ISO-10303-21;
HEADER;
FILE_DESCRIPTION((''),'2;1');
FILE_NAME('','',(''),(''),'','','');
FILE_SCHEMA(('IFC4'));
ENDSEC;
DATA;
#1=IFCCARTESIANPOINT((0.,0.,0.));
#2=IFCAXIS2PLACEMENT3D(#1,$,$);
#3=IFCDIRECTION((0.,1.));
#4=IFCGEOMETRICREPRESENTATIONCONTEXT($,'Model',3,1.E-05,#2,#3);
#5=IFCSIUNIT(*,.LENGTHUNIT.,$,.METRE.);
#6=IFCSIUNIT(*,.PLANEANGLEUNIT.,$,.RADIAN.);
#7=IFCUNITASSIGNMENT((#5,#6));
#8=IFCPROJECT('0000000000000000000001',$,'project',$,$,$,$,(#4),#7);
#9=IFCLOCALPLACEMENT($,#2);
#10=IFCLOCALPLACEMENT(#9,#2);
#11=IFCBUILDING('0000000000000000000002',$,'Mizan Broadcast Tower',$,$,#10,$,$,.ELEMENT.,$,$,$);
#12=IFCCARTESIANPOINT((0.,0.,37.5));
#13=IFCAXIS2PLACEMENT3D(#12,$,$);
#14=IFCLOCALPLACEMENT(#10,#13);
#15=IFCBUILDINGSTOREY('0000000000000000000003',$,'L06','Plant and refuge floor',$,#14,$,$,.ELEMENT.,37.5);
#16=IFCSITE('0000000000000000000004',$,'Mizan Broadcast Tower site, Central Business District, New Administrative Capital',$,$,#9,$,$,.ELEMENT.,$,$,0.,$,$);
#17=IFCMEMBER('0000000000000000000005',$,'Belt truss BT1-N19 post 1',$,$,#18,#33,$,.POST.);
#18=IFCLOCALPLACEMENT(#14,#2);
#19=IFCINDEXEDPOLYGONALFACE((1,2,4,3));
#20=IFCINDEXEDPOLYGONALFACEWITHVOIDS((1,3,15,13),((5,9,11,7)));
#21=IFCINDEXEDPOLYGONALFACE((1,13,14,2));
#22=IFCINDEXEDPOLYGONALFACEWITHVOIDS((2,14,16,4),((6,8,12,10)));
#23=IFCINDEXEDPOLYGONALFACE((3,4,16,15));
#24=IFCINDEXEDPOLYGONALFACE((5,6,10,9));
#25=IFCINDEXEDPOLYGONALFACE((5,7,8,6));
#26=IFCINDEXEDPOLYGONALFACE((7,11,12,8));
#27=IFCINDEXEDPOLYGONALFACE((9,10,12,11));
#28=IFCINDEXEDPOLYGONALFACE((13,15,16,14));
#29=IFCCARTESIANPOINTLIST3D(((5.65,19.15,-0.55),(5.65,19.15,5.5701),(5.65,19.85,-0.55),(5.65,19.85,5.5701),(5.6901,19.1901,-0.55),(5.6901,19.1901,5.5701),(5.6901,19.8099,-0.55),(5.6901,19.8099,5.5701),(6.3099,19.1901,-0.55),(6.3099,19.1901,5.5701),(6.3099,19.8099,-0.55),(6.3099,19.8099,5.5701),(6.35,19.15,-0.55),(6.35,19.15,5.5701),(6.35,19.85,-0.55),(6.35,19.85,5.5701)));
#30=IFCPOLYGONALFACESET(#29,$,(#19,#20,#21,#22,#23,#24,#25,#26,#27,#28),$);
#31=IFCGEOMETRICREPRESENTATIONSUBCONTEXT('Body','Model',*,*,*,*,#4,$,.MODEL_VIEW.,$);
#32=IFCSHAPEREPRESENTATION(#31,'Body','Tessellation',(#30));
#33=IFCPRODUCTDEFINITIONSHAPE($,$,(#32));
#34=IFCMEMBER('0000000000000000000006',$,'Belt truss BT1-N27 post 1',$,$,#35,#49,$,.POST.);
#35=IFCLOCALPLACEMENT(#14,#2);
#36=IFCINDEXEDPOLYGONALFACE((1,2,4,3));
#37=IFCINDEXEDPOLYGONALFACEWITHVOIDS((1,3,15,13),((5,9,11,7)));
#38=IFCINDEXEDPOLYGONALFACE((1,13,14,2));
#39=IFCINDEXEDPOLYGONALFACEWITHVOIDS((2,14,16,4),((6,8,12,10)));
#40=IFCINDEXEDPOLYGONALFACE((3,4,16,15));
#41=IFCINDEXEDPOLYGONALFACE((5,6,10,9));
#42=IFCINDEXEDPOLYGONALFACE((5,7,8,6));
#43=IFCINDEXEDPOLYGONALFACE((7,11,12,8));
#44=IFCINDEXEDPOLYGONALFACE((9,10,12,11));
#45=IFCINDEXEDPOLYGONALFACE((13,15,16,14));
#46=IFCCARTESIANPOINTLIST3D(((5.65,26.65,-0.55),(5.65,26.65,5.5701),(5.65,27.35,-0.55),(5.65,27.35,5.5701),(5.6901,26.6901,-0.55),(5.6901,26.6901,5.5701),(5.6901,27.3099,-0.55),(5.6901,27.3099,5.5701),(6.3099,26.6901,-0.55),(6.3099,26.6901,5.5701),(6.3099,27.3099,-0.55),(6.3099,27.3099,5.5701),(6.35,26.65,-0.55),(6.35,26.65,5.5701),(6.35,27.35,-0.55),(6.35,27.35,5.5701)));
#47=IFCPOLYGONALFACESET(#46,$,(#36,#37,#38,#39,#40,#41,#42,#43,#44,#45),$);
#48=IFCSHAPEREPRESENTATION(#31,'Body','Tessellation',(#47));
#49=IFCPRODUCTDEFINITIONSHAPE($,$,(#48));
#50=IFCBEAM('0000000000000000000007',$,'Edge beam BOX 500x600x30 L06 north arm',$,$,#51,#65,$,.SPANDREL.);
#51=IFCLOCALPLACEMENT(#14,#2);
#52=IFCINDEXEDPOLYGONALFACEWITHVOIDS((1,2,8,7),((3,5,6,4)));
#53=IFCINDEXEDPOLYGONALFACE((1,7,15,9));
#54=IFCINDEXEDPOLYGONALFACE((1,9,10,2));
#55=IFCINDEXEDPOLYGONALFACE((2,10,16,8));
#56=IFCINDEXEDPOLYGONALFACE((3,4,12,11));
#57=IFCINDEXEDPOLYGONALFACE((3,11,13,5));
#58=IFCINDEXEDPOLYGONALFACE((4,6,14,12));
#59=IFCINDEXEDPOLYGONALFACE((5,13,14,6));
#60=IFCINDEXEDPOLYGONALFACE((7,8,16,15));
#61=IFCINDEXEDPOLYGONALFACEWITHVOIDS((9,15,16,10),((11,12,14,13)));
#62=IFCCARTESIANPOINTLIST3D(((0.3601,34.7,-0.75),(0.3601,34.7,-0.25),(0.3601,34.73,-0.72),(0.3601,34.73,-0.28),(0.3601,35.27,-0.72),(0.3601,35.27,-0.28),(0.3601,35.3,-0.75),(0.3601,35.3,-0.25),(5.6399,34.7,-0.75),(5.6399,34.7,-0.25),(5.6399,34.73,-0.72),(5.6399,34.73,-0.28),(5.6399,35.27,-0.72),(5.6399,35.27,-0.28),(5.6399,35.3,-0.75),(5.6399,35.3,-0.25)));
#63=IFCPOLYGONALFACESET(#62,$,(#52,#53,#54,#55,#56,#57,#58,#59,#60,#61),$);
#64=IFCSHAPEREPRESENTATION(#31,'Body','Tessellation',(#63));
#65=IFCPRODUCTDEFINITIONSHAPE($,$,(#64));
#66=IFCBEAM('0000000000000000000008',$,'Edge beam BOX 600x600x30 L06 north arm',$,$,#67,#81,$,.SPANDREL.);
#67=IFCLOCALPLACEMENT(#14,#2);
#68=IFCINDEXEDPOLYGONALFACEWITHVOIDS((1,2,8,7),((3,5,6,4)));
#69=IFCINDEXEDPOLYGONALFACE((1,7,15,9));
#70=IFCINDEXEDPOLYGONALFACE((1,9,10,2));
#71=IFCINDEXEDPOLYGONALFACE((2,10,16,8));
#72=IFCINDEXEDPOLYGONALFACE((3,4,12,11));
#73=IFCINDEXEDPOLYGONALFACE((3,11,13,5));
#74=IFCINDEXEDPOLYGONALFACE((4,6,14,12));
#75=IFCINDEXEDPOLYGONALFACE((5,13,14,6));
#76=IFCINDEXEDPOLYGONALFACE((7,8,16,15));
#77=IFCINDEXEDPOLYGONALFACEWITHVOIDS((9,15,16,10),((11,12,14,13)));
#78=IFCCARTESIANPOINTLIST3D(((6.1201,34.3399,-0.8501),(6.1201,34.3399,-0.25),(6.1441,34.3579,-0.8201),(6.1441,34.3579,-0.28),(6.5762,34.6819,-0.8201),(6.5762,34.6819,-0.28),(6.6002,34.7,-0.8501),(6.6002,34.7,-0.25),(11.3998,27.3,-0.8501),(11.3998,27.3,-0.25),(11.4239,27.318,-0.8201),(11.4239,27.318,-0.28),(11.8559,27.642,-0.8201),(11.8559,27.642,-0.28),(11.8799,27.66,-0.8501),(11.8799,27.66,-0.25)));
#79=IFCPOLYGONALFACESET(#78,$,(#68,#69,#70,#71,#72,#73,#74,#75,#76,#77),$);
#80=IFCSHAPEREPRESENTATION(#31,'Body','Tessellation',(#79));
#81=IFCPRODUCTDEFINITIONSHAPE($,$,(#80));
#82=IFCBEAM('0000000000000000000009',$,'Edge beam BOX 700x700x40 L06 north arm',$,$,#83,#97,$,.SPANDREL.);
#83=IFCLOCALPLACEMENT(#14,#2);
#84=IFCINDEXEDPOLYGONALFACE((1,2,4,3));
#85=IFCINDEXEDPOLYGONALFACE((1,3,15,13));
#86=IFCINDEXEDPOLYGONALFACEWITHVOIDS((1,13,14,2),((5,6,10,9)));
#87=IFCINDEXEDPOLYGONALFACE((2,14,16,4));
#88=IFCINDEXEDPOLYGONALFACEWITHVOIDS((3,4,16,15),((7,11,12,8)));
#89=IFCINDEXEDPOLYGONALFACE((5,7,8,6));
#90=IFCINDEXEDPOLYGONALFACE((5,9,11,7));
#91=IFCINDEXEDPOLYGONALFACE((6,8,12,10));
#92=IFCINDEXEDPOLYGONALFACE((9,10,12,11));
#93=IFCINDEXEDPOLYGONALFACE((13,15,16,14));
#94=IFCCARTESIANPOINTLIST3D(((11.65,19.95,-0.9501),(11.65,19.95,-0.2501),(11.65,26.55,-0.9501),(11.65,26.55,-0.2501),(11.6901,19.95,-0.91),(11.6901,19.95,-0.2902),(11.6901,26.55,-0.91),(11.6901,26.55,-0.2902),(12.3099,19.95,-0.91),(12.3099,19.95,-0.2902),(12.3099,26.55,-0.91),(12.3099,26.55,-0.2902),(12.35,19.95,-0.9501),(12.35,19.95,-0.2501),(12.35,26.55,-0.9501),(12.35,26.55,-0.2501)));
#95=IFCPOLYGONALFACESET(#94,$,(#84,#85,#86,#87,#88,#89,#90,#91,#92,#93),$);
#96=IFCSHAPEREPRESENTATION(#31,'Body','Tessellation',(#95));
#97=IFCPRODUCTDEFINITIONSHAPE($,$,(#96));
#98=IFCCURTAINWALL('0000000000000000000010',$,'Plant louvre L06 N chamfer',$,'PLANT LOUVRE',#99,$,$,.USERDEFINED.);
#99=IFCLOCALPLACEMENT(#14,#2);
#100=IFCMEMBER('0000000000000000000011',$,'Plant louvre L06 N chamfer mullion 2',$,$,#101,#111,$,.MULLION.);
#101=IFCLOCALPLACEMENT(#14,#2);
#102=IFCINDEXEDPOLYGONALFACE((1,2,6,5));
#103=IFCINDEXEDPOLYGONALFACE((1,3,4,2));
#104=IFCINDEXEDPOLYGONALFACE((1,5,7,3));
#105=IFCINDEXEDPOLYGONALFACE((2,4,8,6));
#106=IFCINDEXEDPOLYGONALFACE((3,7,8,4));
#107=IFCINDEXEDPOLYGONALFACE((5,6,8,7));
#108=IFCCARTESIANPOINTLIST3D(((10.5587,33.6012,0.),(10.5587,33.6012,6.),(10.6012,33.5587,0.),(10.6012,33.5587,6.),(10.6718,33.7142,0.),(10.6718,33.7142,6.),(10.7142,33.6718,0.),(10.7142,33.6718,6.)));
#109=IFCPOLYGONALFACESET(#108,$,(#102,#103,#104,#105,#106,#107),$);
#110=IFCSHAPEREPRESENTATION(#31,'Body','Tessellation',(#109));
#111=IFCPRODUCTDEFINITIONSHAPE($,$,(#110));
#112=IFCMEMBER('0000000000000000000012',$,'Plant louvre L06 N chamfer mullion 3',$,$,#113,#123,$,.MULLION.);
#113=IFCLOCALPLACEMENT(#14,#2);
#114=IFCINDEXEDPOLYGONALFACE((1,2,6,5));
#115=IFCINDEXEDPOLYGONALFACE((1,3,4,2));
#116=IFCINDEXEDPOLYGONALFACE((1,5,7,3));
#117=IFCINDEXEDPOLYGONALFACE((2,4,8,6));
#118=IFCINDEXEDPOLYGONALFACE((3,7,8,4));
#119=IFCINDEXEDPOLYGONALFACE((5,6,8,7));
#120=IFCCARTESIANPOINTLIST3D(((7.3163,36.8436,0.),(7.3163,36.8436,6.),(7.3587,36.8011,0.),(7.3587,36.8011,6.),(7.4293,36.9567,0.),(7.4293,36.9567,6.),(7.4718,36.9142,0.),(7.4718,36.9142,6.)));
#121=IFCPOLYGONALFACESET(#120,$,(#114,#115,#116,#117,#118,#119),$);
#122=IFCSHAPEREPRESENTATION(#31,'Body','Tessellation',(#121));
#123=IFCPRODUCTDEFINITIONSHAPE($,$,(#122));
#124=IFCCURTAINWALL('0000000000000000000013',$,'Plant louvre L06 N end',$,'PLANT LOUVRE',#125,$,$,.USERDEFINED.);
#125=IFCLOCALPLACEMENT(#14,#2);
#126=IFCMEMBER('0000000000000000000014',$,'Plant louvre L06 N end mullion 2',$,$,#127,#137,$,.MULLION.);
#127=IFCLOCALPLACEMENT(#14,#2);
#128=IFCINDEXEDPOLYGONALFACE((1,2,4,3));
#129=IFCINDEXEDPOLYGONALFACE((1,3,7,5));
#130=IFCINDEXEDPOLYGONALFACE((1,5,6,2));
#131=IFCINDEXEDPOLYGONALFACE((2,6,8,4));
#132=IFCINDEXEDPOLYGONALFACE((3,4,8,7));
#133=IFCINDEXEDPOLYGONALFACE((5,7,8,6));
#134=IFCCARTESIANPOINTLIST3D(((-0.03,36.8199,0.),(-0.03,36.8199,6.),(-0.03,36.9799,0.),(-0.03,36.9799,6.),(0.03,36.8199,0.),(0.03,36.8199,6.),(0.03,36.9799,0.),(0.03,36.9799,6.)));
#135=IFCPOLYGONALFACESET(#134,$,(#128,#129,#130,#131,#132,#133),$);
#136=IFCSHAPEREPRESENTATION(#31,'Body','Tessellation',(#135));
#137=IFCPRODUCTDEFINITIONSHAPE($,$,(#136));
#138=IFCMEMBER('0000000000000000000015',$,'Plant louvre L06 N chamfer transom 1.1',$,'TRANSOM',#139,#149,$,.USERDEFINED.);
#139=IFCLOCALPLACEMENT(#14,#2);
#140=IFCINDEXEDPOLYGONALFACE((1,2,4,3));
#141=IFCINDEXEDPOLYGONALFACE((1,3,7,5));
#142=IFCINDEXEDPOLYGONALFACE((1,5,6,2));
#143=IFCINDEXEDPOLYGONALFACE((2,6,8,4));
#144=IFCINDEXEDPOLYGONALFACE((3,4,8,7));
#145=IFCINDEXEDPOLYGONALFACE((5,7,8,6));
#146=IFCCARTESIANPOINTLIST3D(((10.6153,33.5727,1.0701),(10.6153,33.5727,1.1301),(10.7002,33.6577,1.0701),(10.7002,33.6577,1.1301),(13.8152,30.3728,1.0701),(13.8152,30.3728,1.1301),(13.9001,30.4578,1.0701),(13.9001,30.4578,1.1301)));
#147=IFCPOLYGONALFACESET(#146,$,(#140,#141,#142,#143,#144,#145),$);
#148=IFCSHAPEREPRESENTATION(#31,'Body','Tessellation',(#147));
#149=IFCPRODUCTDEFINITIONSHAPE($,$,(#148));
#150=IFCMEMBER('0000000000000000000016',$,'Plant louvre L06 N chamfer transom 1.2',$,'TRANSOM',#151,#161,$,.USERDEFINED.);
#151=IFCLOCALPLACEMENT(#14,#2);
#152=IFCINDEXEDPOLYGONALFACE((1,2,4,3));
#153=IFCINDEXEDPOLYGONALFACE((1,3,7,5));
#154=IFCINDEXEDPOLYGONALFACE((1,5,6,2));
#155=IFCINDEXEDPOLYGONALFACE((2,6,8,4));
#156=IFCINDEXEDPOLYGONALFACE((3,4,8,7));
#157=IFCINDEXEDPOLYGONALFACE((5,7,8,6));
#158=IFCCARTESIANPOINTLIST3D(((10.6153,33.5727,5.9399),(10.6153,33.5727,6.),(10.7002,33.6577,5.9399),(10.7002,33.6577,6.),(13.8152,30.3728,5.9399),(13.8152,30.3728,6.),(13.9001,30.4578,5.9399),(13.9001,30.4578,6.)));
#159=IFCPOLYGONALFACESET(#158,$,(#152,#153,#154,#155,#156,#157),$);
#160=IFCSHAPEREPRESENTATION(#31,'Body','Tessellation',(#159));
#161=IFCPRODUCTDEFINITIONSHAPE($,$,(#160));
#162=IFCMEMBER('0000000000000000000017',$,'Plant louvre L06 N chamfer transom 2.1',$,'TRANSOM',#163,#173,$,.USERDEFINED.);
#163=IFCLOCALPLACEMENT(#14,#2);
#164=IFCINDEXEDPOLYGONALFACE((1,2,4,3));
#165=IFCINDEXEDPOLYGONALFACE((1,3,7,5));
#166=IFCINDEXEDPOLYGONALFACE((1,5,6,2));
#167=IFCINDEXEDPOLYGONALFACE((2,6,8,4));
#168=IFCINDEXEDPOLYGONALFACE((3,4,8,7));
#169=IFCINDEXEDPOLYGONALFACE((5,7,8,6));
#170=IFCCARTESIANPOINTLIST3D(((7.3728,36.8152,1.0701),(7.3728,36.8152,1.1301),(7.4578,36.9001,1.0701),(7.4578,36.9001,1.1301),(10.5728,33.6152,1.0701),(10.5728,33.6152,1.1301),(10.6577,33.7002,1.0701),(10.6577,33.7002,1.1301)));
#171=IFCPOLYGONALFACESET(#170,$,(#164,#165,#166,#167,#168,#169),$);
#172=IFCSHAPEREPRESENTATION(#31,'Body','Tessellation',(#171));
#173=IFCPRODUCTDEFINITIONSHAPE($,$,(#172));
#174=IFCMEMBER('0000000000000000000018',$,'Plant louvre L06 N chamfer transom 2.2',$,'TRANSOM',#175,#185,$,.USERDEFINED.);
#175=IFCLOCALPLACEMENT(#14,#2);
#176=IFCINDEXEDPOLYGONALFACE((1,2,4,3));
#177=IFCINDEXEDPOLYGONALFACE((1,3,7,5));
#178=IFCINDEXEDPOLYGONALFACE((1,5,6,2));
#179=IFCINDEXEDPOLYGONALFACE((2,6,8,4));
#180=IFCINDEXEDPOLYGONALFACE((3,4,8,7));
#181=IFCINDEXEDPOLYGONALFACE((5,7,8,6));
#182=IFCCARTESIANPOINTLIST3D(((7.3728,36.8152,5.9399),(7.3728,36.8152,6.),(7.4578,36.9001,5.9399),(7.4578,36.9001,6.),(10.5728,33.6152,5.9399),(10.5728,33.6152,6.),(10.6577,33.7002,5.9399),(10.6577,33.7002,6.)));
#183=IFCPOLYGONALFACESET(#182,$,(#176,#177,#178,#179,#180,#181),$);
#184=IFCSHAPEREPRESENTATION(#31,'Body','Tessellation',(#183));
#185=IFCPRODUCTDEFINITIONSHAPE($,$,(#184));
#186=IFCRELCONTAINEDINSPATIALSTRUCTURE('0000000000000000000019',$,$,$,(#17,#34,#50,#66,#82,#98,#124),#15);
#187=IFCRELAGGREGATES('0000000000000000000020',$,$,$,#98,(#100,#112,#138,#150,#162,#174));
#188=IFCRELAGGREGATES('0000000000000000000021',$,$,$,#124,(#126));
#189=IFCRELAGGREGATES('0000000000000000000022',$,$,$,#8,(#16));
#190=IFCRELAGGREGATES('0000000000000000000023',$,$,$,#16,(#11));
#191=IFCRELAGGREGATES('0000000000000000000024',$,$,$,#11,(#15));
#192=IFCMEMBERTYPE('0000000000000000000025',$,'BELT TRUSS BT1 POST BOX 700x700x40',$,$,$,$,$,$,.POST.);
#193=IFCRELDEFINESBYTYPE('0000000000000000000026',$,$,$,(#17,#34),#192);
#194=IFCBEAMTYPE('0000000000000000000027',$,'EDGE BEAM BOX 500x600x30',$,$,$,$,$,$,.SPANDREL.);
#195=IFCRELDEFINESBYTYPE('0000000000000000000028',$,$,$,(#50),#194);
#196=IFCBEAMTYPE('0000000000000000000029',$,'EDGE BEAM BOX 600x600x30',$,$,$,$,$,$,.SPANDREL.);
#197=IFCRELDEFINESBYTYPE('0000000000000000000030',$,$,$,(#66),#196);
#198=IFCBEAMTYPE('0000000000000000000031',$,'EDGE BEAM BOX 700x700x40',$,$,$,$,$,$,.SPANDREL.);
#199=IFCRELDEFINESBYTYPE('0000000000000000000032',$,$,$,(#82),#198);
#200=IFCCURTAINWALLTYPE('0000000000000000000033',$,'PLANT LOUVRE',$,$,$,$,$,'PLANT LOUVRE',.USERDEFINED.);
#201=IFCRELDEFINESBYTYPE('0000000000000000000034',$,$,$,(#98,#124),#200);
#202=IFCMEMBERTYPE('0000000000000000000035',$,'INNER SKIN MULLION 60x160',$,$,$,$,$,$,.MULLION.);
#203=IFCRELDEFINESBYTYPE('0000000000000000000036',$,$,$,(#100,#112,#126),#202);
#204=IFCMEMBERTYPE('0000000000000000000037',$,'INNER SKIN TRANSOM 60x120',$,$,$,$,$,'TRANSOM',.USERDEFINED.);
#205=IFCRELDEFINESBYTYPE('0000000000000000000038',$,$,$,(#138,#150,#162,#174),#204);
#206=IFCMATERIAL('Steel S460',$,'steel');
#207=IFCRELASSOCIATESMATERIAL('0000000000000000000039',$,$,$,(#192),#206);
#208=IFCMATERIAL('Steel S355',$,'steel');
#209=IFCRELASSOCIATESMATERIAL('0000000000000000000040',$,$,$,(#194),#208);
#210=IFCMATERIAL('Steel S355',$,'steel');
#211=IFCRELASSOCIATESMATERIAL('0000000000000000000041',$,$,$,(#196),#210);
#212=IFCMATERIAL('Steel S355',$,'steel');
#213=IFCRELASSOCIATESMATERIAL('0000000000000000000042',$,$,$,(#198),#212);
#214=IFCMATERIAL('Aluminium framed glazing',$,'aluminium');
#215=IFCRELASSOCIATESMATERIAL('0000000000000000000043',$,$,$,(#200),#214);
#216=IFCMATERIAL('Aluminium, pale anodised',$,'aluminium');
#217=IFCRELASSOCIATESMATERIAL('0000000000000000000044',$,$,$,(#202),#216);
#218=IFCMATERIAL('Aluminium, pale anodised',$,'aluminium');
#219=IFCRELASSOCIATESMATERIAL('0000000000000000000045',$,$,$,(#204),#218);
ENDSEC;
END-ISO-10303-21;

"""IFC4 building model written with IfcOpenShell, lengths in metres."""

from ifc_helpers import new_model, si_unit, direction, frame, origin, origin_2d, place, context, subcontext, project, spatial, rectangle, hollow_rectangle, extrude, material, material_profile, profile_set, type_object, element, aggregate, save


model = new_model("IFC4")

# Units and contexts
model_context = context("Model", 3, precision=1e-05, world=origin(), true_north=direction((0.0, 1.0)))
body_context = subcontext(model_context, "Body", "Model", "MODEL_VIEW")
ifc_project = project(units=[si_unit("LENGTHUNIT", "METRE"), si_unit("PLANEANGLEUNIT", "RADIAN")], contexts=[model_context])

# Site, building, storey
site_placement = place(None, origin())
site = spatial("IfcSite", under=ifc_project, at=site_placement, Name="Mizan Broadcast Tower site, Central Business District, New Administrative Capital", CompositionType="ELEMENT", RefElevation=0.0)
building_placement = place(site_placement, origin())
building = spatial("IfcBuilding", under=site, at=building_placement, Name="Mizan Broadcast Tower", CompositionType="ELEMENT")
storey_placement = place(building_placement, frame((0.0, 0.0, 37.5)))
storey = spatial("IfcBuildingStorey", under=building, at=storey_placement, Name="L06", Description="Plant and refuge floor", CompositionType="ELEMENT", Elevation=37.5)

# Members
ifc_material_1 = material(Name="Steel S460", Category="steel")
ifc_material_profile_1 = material_profile(ifc_material_1, hollow_rectangle(XDim=0.7, YDim=0.7, WallThickness=0.04, at=origin_2d()), Name="BOX 700x700x40")
ifc_profile_set_1 = profile_set([ifc_material_profile_1], Name="Steel S460")
member_type_1 = type_object("IfcMemberType", Name="BELT TRUSS BT1 POST BOX 700x700x40", PredefinedType="POST", material=ifc_profile_set_1)
for number, where, z_axis, x_axis, name in (
    (1, (6.0, 19.5, -0.55), (0.0, 0.0, 1.0), (1.0, 0.0, 0.0), "Belt truss BT1-N19 post 1"),
    (2, (6.0, 27.0, -0.55), (0.0, 0.0, 1.0), (1.0, 0.0, 0.0), "Belt truss BT1-N27 post 1"),
):
    element("IfcMember", number, at=place(storey_placement, frame(where, z_axis=z_axis, x_axis=x_axis)), inside=storey, type_object=member_type_1, Name=name, PredefinedType="POST", context=body_context, shape_type="SweptSolid", body=[
        extrude(hollow_rectangle(XDim=0.7, YDim=0.7, WallThickness=0.04, at=origin_2d()), origin(), (0.0, 0.0, 1.0), 6.1201),
    ])

# Beams
ifc_material_2 = material(Name="Steel S355", Category="steel")
ifc_material_profile_2 = material_profile(ifc_material_2, hollow_rectangle(XDim=0.6001, YDim=0.5, WallThickness=0.03, at=origin_2d()), Name="BOX 500x600x30")
ifc_profile_set_2 = profile_set([ifc_material_profile_2], Name="Steel S355")
beam_type_1 = type_object("IfcBeamType", Name="EDGE BEAM BOX 500x600x30", PredefinedType="SPANDREL", material=ifc_profile_set_2)
beam_1_placement = place(storey_placement, frame((5.6399, 35.0, -0.5), z_axis=(-1.0, 0.0, 0.0), x_axis=(0.0, -1.0, 0.0)))
element("IfcBeam", 3, at=beam_1_placement, inside=storey, type_object=beam_type_1, Name="Edge beam BOX 500x600x30 L06 north arm", PredefinedType="SPANDREL", context=body_context, shape_type="SweptSolid", body=[
    extrude(hollow_rectangle(XDim=0.6001, YDim=0.5, WallThickness=0.03, at=origin_2d()), origin(), (0.0, 0.0, 1.0), 5.2798),
])
ifc_material_3 = material(Name="Steel S355", Category="steel")
ifc_material_profile_3 = material_profile(ifc_material_3, hollow_rectangle(XDim=0.6001, YDim=0.6001, WallThickness=0.03, at=origin_2d()), Name="BOX 600x600x30")
ifc_profile_set_3 = profile_set([ifc_material_profile_3], Name="Steel S355")
beam_type_2 = type_object("IfcBeamType", Name="EDGE BEAM BOX 600x600x30", PredefinedType="SPANDREL", material=ifc_profile_set_3)
beam_2_placement = place(storey_placement, frame((11.6399, 27.48, -0.55), z_axis=(-0.599982, 0.800013, 0.0), x_axis=(-0.800013, -0.599982, 0.0)))
element("IfcBeam", 4, at=beam_2_placement, inside=storey, type_object=beam_type_2, Name="Edge beam BOX 600x600x30 L06 north arm", PredefinedType="SPANDREL", context=body_context, shape_type="SweptSolid", body=[
    extrude(hollow_rectangle(XDim=0.6001, YDim=0.6001, WallThickness=0.03, at=origin_2d()), origin(), (0.0, 0.0, 1.0), 8.7998),
])
ifc_material_4 = material(Name="Steel S355", Category="steel")
ifc_material_profile_4 = material_profile(ifc_material_4, hollow_rectangle(XDim=0.7, YDim=0.7, WallThickness=0.04, at=origin_2d()), Name="BOX 700x700x40")
ifc_profile_set_4 = profile_set([ifc_material_profile_4], Name="Steel S355")
beam_type_3 = type_object("IfcBeamType", Name="EDGE BEAM BOX 700x700x40", PredefinedType="SPANDREL", material=ifc_profile_set_4)
beam_3_placement = place(storey_placement, frame((12.0, 19.95, -0.6001), z_axis=(0.0, 1.0, 0.0), x_axis=(-1.0, 0.0, 0.0)))
element("IfcBeam", 5, at=beam_3_placement, inside=storey, type_object=beam_type_3, Name="Edge beam BOX 700x700x40 L06 north arm", PredefinedType="SPANDREL", context=body_context, shape_type="SweptSolid", body=[
    extrude(hollow_rectangle(XDim=0.7, YDim=0.7, WallThickness=0.04, at=origin_2d()), origin(), (0.0, 0.0, 1.0), 6.6001),
])

# Curtain wall, members
ifc_material_5 = material(Name="Aluminium framed glazing", Category="aluminium")
curtain_wall_type = type_object("IfcCurtainWallType", Name="PLANT LOUVRE", ElementType="PLANT LOUVRE", PredefinedType="USERDEFINED", material=ifc_material_5)
curtain_wall_1_placement = place(storey_placement, origin())
curtain_wall_1 = element("IfcCurtainWall", 6, at=curtain_wall_1_placement, inside=storey, type_object=curtain_wall_type, Name="Plant louvre L06 N chamfer", ObjectType="PLANT LOUVRE", PredefinedType="USERDEFINED")
ifc_material_6 = material(Name="Aluminium, pale anodised", Category="aluminium")
ifc_material_profile_5 = material_profile(ifc_material_6, rectangle(XDim=0.1599, YDim=0.0601, at=origin_2d()), Name="MULLION 160x60")
ifc_profile_set_5 = profile_set([ifc_material_profile_5], Name="Aluminium, pale anodised")
member_type_2 = type_object("IfcMemberType", Name="INNER SKIN MULLION 60x160", PredefinedType="MULLION", material=ifc_profile_set_5)
member_1_placement = place(storey_placement, frame((10.6365, 33.6365, 0.0), z_axis=(0.0, 0.0, 1.0), x_axis=(-0.707107, -0.707107, 0.0)))
member_1 = element("IfcMember", 7, at=member_1_placement, type_object=member_type_2, Name="Plant louvre L06 N chamfer mullion 2", PredefinedType="MULLION", context=body_context, shape_type="SweptSolid", body=[
    extrude(rectangle(XDim=0.1599, YDim=0.0601, at=origin_2d()), origin(), (0.0, 0.0, 1.0), 6.0),
])
member_2_placement = place(storey_placement, frame((7.394, 36.8789, 0.0), z_axis=(0.0, 0.0, 1.0), x_axis=(-0.707107, -0.707107, 0.0)))
member_2 = element("IfcMember", 8, at=member_2_placement, type_object=member_type_2, Name="Plant louvre L06 N chamfer mullion 3", PredefinedType="MULLION", context=body_context, shape_type="SweptSolid", body=[
    extrude(rectangle(XDim=0.1599, YDim=0.0601, at=origin_2d()), origin(), (0.0, 0.0, 1.0), 6.0),
])

# Curtain wall, member
curtain_wall_2_placement = place(storey_placement, origin())
curtain_wall_2 = element("IfcCurtainWall", 9, at=curtain_wall_2_placement, inside=storey, type_object=curtain_wall_type, Name="Plant louvre L06 N end", ObjectType="PLANT LOUVRE", PredefinedType="USERDEFINED")
member_3_placement = place(storey_placement, frame((0.0, 36.8999, 0.0), z_axis=(0.0, 0.0, 1.0), x_axis=(0.0, -1.0, 0.0)))
member_3 = element("IfcMember", 10, at=member_3_placement, type_object=member_type_2, Name="Plant louvre L06 N end mullion 2", PredefinedType="MULLION", context=body_context, shape_type="SweptSolid", body=[
    extrude(rectangle(XDim=0.1599, YDim=0.0601, at=origin_2d()), origin(), (0.0, 0.0, 1.0), 6.0),
])

# Members
ifc_material_7 = material(Name="Aluminium, pale anodised", Category="aluminium")
ifc_material_profile_6 = material_profile(ifc_material_7, rectangle(XDim=0.1201, YDim=0.0601, at=origin_2d()), Name="TRANSOM 120x60")
ifc_profile_set_6 = profile_set([ifc_material_profile_6], Name="Aluminium, pale anodised")
member_type_3 = type_object("IfcMemberType", Name="INNER SKIN TRANSOM 60x120", ElementType="TRANSOM", PredefinedType="USERDEFINED", material=ifc_profile_set_6)
member_4_placement = place(storey_placement, frame((13.8577, 30.4153, 1.1001), z_axis=(-0.707107, 0.707107, 0.0), x_axis=(-0.707107, -0.707107, 0.0)))
member_4 = element("IfcMember", 11, at=member_4_placement, type_object=member_type_3, Name="Plant louvre L06 N chamfer transom 1.1", ObjectType="TRANSOM", PredefinedType="USERDEFINED", context=body_context, shape_type="SweptSolid", body=[
    extrude(rectangle(XDim=0.1201, YDim=0.0601, at=origin_2d()), origin(), (0.0, 0.0, 1.0), 4.5254),
])
member_5_placement = place(storey_placement, frame((13.8577, 30.4153, 5.97), z_axis=(-0.707107, 0.707107, 0.0), x_axis=(-0.707107, -0.707107, 0.0)))
member_5 = element("IfcMember", 12, at=member_5_placement, type_object=member_type_3, Name="Plant louvre L06 N chamfer transom 1.2", ObjectType="TRANSOM", PredefinedType="USERDEFINED", context=body_context, shape_type="SweptSolid", body=[
    extrude(rectangle(XDim=0.1201, YDim=0.0601, at=origin_2d()), origin(), (0.0, 0.0, 1.0), 4.5254),
])
member_6_placement = place(storey_placement, frame((10.6152, 33.6577, 1.1001), z_axis=(-0.707107, 0.707107, 0.0), x_axis=(-0.707107, -0.707107, 0.0)))
member_6 = element("IfcMember", 13, at=member_6_placement, type_object=member_type_3, Name="Plant louvre L06 N chamfer transom 2.1", ObjectType="TRANSOM", PredefinedType="USERDEFINED", context=body_context, shape_type="SweptSolid", body=[
    extrude(rectangle(XDim=0.1201, YDim=0.0601, at=origin_2d()), origin(), (0.0, 0.0, 1.0), 4.5254),
])
member_7_placement = place(storey_placement, frame((10.6152, 33.6577, 5.97), z_axis=(-0.707107, 0.707107, 0.0), x_axis=(-0.707107, -0.707107, 0.0)))
member_7 = element("IfcMember", 14, at=member_7_placement, type_object=member_type_3, Name="Plant louvre L06 N chamfer transom 2.2", ObjectType="TRANSOM", PredefinedType="USERDEFINED", context=body_context, shape_type="SweptSolid", body=[
    extrude(rectangle(XDim=0.1201, YDim=0.0601, at=origin_2d()), origin(), (0.0, 0.0, 1.0), 4.5254),
])

aggregate(curtain_wall_1, [member_1, member_2, member_4, member_5, member_6, member_7])
aggregate(curtain_wall_2, [member_3])

save(model, "model.ifc")
